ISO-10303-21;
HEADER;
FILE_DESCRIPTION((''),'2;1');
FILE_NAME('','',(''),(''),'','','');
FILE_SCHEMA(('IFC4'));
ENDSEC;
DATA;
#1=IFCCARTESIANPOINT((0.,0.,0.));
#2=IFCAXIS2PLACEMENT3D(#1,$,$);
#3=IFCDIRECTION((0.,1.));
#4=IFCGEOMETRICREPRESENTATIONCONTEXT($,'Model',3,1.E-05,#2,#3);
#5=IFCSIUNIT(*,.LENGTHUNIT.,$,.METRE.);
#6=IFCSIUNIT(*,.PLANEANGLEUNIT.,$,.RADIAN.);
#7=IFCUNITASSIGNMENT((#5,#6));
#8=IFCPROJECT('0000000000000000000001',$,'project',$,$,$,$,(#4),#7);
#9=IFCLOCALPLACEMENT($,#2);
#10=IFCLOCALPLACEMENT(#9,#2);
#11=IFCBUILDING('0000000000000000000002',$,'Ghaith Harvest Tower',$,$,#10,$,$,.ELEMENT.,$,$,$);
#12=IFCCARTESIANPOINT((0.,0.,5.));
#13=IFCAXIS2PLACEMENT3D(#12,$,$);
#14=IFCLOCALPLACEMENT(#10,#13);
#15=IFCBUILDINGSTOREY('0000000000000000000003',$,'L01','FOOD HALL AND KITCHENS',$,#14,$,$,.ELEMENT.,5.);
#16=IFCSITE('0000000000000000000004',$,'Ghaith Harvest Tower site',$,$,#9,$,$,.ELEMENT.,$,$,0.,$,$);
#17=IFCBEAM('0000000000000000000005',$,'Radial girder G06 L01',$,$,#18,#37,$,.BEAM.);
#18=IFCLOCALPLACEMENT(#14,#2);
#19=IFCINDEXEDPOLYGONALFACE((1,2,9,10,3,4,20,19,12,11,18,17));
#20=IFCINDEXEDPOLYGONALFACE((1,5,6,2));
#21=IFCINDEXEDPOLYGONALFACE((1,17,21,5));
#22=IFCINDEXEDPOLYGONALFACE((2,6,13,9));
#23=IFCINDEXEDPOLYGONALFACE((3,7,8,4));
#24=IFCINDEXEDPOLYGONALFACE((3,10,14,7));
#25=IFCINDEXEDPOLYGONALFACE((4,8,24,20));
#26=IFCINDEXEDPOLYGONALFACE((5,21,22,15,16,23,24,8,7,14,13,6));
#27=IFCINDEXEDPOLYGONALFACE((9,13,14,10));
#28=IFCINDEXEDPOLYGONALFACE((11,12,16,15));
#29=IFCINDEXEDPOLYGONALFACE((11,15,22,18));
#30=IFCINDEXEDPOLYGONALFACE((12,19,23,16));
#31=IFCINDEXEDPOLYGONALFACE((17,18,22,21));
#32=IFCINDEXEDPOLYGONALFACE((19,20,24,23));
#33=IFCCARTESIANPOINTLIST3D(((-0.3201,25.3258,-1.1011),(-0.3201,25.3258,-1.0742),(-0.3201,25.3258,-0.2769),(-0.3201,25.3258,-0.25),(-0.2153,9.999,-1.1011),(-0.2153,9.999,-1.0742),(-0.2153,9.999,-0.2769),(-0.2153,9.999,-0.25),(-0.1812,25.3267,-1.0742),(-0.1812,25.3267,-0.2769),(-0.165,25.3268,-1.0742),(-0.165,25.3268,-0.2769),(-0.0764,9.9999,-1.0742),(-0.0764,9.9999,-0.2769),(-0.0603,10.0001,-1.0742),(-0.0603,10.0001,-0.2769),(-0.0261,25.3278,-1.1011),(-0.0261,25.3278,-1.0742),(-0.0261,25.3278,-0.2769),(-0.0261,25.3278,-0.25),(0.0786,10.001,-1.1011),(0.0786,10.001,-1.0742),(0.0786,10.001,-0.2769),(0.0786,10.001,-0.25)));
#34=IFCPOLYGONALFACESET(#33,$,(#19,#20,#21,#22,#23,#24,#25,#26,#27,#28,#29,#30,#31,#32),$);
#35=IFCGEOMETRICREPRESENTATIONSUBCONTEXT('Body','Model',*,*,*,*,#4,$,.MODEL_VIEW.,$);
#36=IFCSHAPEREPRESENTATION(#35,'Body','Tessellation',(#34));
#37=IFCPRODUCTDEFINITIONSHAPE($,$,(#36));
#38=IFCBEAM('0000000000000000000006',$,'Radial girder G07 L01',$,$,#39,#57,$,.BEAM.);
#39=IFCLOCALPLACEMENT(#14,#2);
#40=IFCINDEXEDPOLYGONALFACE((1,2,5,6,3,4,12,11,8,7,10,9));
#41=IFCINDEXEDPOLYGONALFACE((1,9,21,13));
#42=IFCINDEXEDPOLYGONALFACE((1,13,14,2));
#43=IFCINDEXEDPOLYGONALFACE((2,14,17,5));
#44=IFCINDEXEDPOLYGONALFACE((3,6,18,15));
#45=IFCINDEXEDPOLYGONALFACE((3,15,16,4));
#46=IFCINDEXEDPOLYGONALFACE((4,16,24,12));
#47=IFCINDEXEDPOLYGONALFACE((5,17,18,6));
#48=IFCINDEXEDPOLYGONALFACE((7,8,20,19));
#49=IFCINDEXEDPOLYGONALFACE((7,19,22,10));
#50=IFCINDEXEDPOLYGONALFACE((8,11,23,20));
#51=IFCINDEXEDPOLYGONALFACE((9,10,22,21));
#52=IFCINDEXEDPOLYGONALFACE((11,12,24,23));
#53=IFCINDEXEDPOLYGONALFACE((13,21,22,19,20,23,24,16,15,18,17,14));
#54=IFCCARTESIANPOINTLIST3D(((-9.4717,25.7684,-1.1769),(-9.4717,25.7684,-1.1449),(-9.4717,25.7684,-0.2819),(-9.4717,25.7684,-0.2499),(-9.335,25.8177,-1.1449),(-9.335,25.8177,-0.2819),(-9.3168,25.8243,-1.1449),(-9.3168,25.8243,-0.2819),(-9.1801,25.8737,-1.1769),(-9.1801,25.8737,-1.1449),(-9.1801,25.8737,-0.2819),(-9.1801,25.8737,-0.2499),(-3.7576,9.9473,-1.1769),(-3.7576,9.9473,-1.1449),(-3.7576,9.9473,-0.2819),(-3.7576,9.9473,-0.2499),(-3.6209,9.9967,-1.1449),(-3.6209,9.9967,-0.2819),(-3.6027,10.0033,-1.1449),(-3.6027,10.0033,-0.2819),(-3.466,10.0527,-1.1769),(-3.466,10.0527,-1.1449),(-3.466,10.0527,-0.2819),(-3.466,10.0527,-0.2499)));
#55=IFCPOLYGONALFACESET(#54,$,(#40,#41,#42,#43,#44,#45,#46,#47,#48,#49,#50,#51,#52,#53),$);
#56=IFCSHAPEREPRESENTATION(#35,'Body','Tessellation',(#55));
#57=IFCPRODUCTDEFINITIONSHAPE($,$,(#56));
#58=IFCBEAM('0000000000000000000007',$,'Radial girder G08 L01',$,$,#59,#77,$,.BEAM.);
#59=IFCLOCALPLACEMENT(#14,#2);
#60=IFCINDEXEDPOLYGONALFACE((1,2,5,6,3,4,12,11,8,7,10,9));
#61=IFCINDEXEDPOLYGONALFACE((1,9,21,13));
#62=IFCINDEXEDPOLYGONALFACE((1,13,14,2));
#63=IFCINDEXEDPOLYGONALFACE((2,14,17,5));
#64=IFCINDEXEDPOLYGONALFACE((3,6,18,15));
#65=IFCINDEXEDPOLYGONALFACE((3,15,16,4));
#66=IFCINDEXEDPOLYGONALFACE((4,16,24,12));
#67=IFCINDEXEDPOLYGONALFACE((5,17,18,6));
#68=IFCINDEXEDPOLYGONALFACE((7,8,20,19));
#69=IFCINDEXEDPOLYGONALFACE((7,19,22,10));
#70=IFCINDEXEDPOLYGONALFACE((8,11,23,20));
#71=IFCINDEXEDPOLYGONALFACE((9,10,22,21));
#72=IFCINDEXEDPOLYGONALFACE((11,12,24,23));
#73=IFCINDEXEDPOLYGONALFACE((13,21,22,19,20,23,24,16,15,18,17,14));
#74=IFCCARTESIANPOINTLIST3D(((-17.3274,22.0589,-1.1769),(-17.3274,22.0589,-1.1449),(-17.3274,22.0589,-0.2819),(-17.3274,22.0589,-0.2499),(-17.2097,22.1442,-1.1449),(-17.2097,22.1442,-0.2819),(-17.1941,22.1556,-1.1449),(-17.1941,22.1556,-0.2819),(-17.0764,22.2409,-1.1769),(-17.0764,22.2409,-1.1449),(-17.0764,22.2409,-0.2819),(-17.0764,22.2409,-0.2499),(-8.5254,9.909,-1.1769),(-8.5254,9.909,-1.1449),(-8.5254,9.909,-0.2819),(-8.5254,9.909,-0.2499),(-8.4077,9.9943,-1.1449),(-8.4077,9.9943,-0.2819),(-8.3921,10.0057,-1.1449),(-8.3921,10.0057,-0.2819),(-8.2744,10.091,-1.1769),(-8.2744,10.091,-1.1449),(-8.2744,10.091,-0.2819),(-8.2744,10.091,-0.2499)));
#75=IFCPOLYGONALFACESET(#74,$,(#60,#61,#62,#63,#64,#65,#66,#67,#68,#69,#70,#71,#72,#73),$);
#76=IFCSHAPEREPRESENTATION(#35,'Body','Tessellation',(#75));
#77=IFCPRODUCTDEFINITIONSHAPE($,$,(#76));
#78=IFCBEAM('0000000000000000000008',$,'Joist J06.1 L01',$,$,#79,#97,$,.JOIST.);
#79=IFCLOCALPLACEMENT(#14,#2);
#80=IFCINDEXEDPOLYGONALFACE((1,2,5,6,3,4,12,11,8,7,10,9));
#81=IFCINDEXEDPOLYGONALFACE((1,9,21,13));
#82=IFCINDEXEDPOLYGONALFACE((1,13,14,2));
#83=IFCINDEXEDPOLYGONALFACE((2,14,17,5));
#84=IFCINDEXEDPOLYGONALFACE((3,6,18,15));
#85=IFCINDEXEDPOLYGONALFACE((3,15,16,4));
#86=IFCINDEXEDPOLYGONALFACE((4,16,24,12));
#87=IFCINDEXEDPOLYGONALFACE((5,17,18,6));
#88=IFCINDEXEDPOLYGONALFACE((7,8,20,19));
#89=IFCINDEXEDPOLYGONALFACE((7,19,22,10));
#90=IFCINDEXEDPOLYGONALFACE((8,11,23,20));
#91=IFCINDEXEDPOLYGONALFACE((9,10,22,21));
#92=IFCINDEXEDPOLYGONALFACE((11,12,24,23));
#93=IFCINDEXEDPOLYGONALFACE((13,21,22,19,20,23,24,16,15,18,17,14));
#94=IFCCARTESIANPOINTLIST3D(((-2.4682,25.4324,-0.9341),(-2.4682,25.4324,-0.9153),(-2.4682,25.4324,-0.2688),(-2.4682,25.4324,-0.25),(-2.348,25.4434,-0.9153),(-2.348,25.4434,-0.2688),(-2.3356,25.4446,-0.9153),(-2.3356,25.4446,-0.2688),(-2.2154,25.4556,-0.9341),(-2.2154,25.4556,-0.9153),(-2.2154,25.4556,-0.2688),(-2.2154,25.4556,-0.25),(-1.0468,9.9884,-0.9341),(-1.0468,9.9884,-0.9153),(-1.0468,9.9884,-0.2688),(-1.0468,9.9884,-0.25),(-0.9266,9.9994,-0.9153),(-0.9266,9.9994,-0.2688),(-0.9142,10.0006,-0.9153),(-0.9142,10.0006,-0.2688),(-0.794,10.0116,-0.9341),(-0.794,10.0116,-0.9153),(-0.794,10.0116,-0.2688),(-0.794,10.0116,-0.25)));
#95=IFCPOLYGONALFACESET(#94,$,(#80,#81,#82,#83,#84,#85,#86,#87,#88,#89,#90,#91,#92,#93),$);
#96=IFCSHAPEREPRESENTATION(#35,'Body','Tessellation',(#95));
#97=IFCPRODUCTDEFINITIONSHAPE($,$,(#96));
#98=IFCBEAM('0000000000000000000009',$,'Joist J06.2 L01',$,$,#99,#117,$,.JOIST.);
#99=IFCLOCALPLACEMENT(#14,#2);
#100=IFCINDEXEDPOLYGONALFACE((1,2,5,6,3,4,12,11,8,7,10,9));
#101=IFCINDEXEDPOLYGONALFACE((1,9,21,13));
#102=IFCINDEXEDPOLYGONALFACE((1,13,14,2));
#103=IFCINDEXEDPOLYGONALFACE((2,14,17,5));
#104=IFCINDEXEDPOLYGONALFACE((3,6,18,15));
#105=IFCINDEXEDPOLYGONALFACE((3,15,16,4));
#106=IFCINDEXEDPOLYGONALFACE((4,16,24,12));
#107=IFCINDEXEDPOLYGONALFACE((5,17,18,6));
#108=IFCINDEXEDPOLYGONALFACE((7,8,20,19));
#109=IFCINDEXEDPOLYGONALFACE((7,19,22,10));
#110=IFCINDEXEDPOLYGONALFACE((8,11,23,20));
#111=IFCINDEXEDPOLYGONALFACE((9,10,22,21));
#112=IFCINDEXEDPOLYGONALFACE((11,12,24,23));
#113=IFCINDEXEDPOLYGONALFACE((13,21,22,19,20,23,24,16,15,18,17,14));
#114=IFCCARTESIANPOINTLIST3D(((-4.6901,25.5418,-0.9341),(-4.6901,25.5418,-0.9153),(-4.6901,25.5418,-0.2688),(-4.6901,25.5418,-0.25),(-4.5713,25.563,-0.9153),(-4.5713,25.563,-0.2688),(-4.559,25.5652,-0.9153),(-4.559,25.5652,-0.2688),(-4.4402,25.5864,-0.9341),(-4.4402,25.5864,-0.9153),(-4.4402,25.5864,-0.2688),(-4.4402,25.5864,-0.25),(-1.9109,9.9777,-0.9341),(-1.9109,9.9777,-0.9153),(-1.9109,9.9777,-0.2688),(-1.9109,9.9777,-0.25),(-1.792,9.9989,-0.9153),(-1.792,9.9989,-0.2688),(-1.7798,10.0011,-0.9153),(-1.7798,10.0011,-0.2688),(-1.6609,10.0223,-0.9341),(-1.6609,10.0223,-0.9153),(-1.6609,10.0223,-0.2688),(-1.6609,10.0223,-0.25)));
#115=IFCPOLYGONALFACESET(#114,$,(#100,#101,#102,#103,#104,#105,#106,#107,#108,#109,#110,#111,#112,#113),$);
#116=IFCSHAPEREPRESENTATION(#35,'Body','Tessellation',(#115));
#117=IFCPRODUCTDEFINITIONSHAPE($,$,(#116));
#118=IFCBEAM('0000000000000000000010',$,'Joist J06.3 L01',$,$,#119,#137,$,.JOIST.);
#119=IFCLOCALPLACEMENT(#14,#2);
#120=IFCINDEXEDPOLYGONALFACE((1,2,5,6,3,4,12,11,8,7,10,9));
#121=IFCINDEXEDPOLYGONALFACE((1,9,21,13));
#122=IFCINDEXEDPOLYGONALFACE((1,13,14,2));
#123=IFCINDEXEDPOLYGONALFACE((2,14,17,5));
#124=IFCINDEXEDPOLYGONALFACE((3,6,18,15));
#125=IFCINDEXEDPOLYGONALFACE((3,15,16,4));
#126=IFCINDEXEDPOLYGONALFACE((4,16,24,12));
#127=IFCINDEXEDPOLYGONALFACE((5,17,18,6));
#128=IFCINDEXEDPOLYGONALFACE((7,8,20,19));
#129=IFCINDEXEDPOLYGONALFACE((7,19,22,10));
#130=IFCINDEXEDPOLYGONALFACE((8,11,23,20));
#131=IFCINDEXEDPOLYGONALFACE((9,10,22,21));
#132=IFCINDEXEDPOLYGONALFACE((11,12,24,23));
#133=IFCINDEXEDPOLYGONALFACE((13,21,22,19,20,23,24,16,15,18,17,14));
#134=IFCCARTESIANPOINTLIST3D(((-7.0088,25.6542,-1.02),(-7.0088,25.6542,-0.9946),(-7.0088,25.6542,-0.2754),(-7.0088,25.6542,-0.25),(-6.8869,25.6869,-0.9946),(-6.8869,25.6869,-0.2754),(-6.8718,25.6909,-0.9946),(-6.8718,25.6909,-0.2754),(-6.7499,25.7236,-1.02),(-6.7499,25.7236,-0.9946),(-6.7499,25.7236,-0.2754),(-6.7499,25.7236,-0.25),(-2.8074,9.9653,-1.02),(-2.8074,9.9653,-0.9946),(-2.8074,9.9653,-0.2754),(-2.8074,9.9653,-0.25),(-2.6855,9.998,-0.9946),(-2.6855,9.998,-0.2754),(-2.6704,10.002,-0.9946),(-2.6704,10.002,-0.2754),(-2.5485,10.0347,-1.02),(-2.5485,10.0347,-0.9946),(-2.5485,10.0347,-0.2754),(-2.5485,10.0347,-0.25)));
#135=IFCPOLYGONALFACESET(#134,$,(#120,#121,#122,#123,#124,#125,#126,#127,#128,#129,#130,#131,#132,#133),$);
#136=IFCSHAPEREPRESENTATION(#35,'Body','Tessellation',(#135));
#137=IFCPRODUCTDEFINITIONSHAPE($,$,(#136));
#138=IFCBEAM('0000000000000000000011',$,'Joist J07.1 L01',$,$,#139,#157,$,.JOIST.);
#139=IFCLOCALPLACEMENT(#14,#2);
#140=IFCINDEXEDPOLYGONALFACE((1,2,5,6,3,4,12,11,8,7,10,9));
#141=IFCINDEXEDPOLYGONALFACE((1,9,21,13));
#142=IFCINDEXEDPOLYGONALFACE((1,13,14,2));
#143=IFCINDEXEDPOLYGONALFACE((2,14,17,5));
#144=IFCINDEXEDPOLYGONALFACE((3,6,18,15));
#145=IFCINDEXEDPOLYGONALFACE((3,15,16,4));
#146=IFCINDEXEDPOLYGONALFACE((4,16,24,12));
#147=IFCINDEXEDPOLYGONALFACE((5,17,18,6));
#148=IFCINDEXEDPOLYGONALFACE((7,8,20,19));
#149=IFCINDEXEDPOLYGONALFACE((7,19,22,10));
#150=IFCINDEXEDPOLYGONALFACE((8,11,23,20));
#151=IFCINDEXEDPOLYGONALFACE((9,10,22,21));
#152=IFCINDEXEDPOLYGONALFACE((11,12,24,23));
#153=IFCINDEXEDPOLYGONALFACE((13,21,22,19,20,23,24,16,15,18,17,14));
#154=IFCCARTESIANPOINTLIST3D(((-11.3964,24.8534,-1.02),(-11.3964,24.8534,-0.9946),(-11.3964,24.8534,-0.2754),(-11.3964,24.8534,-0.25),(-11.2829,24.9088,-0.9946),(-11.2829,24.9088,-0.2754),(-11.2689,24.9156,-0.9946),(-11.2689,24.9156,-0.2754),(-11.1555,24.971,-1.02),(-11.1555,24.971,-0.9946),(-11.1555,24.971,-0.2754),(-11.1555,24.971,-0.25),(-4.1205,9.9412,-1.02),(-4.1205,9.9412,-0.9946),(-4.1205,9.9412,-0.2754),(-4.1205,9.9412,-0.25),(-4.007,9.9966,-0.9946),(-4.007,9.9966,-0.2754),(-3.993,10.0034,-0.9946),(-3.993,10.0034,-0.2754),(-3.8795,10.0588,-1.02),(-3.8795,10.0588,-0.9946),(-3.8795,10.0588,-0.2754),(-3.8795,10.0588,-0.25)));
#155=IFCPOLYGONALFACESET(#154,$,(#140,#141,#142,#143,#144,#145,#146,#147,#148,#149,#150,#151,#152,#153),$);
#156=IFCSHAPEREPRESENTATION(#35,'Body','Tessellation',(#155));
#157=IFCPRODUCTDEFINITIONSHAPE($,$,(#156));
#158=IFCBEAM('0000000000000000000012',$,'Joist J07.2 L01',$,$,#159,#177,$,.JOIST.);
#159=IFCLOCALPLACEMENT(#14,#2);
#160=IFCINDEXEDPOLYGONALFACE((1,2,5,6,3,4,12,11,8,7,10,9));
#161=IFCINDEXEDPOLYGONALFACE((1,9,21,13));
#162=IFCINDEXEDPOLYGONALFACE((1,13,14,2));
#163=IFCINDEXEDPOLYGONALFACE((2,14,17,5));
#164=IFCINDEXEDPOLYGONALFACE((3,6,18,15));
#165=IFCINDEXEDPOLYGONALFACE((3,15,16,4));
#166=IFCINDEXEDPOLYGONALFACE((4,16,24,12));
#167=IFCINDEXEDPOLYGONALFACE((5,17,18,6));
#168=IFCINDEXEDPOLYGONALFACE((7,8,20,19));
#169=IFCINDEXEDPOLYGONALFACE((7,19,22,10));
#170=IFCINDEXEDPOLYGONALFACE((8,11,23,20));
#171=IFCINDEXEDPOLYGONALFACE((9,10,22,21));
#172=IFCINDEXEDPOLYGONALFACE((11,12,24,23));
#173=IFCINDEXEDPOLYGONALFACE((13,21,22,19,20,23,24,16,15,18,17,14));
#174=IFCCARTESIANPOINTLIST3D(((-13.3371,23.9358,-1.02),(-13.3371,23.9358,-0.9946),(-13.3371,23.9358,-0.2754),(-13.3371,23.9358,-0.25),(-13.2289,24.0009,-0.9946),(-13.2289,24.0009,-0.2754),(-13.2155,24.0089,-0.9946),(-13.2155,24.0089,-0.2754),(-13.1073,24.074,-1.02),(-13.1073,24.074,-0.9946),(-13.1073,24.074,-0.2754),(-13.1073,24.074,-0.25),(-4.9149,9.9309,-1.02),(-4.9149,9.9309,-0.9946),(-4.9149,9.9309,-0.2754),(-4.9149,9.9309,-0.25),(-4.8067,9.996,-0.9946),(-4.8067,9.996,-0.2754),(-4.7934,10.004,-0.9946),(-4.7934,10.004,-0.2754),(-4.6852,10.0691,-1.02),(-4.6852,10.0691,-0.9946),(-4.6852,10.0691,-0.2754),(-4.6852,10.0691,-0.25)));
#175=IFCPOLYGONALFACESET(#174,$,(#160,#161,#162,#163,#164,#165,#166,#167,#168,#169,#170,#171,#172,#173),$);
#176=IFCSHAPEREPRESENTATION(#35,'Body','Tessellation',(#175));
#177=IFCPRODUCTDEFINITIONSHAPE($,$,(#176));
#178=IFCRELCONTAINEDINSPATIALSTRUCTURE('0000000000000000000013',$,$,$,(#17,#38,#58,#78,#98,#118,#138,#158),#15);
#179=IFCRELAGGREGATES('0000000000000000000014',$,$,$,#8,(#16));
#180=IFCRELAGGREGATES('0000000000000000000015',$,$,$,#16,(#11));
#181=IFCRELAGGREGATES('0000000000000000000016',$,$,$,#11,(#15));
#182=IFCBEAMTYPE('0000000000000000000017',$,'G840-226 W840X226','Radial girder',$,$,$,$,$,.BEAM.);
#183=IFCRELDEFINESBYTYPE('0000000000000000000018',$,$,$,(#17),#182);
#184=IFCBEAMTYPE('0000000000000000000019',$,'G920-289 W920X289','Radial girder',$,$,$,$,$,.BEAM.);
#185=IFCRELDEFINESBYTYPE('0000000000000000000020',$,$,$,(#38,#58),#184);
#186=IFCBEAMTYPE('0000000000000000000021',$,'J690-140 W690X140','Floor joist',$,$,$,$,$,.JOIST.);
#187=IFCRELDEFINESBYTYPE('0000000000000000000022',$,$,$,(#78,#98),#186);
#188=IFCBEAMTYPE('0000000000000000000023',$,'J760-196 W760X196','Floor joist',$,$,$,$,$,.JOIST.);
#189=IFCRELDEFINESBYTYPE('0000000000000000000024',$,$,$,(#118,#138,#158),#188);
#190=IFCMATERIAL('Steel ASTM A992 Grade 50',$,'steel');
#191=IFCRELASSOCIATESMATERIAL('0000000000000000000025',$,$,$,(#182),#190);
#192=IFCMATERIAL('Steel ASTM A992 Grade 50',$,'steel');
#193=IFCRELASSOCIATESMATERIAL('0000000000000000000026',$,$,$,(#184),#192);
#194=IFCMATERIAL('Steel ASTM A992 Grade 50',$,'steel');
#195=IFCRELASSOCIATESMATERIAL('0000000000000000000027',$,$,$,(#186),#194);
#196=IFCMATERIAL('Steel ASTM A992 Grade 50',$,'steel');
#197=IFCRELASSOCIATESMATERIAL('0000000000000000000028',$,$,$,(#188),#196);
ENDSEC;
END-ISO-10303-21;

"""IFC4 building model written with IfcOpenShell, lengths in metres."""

from ifc_helpers import new_model, si_unit, direction, frame, origin, origin_2d, place, context, subcontext, project, spatial, i_section, extrude, material, material_profile, profile_set, type_object, element, save


model = new_model("IFC4")

# Units and contexts
model_context = context("Model", 3, precision=1e-05, world=origin(), true_north=direction((0.0, 1.0)))
body_context = subcontext(model_context, "Body", "Model", "MODEL_VIEW")
ifc_project = project(units=[si_unit("LENGTHUNIT", "METRE"), si_unit("PLANEANGLEUNIT", "RADIAN")], contexts=[model_context])

# Site, building, storey
site_placement = place(None, origin())
site = spatial("IfcSite", under=ifc_project, at=site_placement, Name="Ghaith Harvest Tower site", CompositionType="ELEMENT", RefElevation=0.0)
building_placement = place(site_placement, origin())
building = spatial("IfcBuilding", under=site, at=building_placement, Name="Ghaith Harvest Tower", CompositionType="ELEMENT")
storey_placement = place(building_placement, frame((0.0, 0.0, 5.0)))
storey = spatial("IfcBuildingStorey", under=building, at=storey_placement, Name="L01", Description="FOOD HALL AND KITCHENS", CompositionType="ELEMENT", Elevation=5.0)

# Beams
ifc_material_1 = material(Name="Steel ASTM A992 Grade 50", Category="steel")
ifc_material_profile_1 = material_profile(ifc_material_1, i_section(OverallWidth=0.2939, OverallDepth=0.8511, WebThickness=0.0161, FlangeThickness=0.0269, at=origin_2d()), Name="W840X226")
ifc_profile_set_1 = profile_set([ifc_material_profile_1], Name="Steel ASTM A992 Grade 50")
beam_type_1 = type_object("IfcBeamType", Name="G840-226 W840X226", Description="Radial girder", PredefinedType="BEAM", material=ifc_profile_set_1)
beam_1_placement = place(storey_placement, frame((-0.0684, 10.0, -0.6755), z_axis=(-0.006833, 0.999977, 0.0), x_axis=(-0.999977, -0.006833, 0.0)))
element("IfcBeam", 1, at=beam_1_placement, inside=storey, type_object=beam_type_1, Name="Radial girder G06 L01", PredefinedType="BEAM", context=body_context, shape_type="SweptSolid", body=[
    extrude(i_section(OverallWidth=0.2939, OverallDepth=0.8511, WebThickness=0.0161, FlangeThickness=0.0269, at=origin_2d()), origin(), (0.0, 0.0, 1.0), 15.3271),
])
ifc_material_2 = material(Name="Steel ASTM A992 Grade 50", Category="steel")
ifc_material_profile_2 = material_profile(ifc_material_2, i_section(OverallWidth=0.3101, OverallDepth=0.927, WebThickness=0.0193, FlangeThickness=0.032, at=origin_2d()), Name="W920X289")
ifc_profile_set_2 = profile_set([ifc_material_profile_2], Name="Steel ASTM A992 Grade 50")
beam_type_2 = type_object("IfcBeamType", Name="G920-289 W920X289", Description="Radial girder", PredefinedType="BEAM", material=ifc_profile_set_2)
beam_2_placement = place(storey_placement, frame((-3.6118, 10.0, -0.7134), z_axis=(-0.339695, 0.940536, 0.0), x_axis=(-0.940536, -0.339695, 0.0)))
element("IfcBeam", 2, at=beam_2_placement, inside=storey, type_object=beam_type_2, Name="Radial girder G07 L01", PredefinedType="BEAM", context=body_context, shape_type="SweptSolid", body=[
    extrude(i_section(OverallWidth=0.3101, OverallDepth=0.927, WebThickness=0.0193, FlangeThickness=0.032, at=origin_2d()), origin(), (0.0, 0.0, 1.0), 16.8213),
])
beam_3_placement = place(storey_placement, frame((-8.3999, 10.0, -0.7134), z_axis=(-0.586676, 0.809822, 0.0), x_axis=(-0.809822, -0.586676, 0.0)))
element("IfcBeam", 3, at=beam_3_placement, inside=storey, type_object=beam_type_2, Name="Radial girder G08 L01", PredefinedType="BEAM", context=body_context, shape_type="SweptSolid", body=[
    extrude(i_section(OverallWidth=0.3101, OverallDepth=0.927, WebThickness=0.0193, FlangeThickness=0.032, at=origin_2d()), origin(), (0.0, 0.0, 1.0), 15.0032),
])
ifc_material_3 = material(Name="Steel ASTM A992 Grade 50", Category="steel")
ifc_material_profile_3 = material_profile(ifc_material_3, i_section(OverallWidth=0.2539, OverallDepth=0.6841, WebThickness=0.0125, FlangeThickness=0.0188, at=origin_2d()), Name="W690X140")
ifc_profile_set_3 = profile_set([ifc_material_profile_3], Name="Steel ASTM A992 Grade 50")
beam_type_3 = type_object("IfcBeamType", Name="J690-140 W690X140", Description="Floor joist", PredefinedType="JOIST", material=ifc_profile_set_3)
beam_4_placement = place(storey_placement, frame((-0.9204, 10.0, -0.592), z_axis=(-0.091647, 0.995792, 0.0), x_axis=(-0.995792, -0.091647, 0.0)))
element("IfcBeam", 4, at=beam_4_placement, inside=storey, type_object=beam_type_3, Name="Joist J06.1 L01", PredefinedType="JOIST", context=body_context, shape_type="SweptSolid", body=[
    extrude(i_section(OverallWidth=0.2539, OverallDepth=0.6841, WebThickness=0.0125, FlangeThickness=0.0188, at=origin_2d()), origin(), (0.0, 0.0, 1.0), 15.5093),
])
beam_5_placement = place(storey_placement, frame((-1.7859, 10.0, -0.592), z_axis=(-0.175789, 0.984428, 0.0), x_axis=(-0.984428, -0.175789, 0.0)))
element("IfcBeam", 5, at=beam_5_placement, inside=storey, type_object=beam_type_3, Name="Joist J06.2 L01", PredefinedType="JOIST", context=body_context, shape_type="SweptSolid", body=[
    extrude(i_section(OverallWidth=0.2539, OverallDepth=0.6841, WebThickness=0.0125, FlangeThickness=0.0188, at=origin_2d()), origin(), (0.0, 0.0, 1.0), 15.8103),
])
ifc_material_4 = material(Name="Steel ASTM A992 Grade 50", Category="steel")
ifc_material_profile_4 = material_profile(ifc_material_4, i_section(OverallWidth=0.2681, OverallDepth=0.77, WebThickness=0.0156, FlangeThickness=0.0254, at=origin_2d()), Name="W760X196")
ifc_profile_set_4 = profile_set([ifc_material_profile_4], Name="Steel ASTM A992 Grade 50")
beam_type_4 = type_object("IfcBeamType", Name="J760-196 W760X196", Description="Floor joist", PredefinedType="JOIST", material=ifc_profile_set_4)
beam_6_placement = place(storey_placement, frame((-2.678, 10.0, -0.635), z_axis=(-0.258679, 0.965963, 0.0), x_axis=(-0.965963, -0.258679, 0.0)))
element("IfcBeam", 6, at=beam_6_placement, inside=storey, type_object=beam_type_4, Name="Joist J06.3 L01", PredefinedType="JOIST", context=body_context, shape_type="SweptSolid", body=[
    extrude(i_section(OverallWidth=0.2681, OverallDepth=0.77, WebThickness=0.0156, FlangeThickness=0.0254, at=origin_2d()), origin(), (0.0, 0.0, 1.0), 16.2417),
])
beam_7_placement = place(storey_placement, frame((-4.0, 10.0, -0.635), z_axis=(-0.438505, 0.898729, 0.0), x_axis=(-0.898729, -0.438505, 0.0)))
element("IfcBeam", 7, at=beam_7_placement, inside=storey, type_object=beam_type_4, Name="Joist J07.1 L01", PredefinedType="JOIST", context=body_context, shape_type="SweptSolid", body=[
    extrude(i_section(OverallWidth=0.2681, OverallDepth=0.77, WebThickness=0.0156, FlangeThickness=0.0254, at=origin_2d()), origin(), (0.0, 0.0, 1.0), 16.5925),
])
beam_8_placement = place(storey_placement, frame((-4.8, 10.0, -0.635), z_axis=(-0.515359, 0.856974, 0.0), x_axis=(-0.856974, -0.515359, 0.0)))
element("IfcBeam", 8, at=beam_8_placement, inside=storey, type_object=beam_type_4, Name="Joist J07.2 L01", PredefinedType="JOIST", context=body_context, shape_type="SweptSolid", body=[
    extrude(i_section(OverallWidth=0.2681, OverallDepth=0.77, WebThickness=0.0156, FlangeThickness=0.0254, at=origin_2d()), origin(), (0.0, 0.0, 1.0), 16.3423),
])

save(model, "model.ifc")
